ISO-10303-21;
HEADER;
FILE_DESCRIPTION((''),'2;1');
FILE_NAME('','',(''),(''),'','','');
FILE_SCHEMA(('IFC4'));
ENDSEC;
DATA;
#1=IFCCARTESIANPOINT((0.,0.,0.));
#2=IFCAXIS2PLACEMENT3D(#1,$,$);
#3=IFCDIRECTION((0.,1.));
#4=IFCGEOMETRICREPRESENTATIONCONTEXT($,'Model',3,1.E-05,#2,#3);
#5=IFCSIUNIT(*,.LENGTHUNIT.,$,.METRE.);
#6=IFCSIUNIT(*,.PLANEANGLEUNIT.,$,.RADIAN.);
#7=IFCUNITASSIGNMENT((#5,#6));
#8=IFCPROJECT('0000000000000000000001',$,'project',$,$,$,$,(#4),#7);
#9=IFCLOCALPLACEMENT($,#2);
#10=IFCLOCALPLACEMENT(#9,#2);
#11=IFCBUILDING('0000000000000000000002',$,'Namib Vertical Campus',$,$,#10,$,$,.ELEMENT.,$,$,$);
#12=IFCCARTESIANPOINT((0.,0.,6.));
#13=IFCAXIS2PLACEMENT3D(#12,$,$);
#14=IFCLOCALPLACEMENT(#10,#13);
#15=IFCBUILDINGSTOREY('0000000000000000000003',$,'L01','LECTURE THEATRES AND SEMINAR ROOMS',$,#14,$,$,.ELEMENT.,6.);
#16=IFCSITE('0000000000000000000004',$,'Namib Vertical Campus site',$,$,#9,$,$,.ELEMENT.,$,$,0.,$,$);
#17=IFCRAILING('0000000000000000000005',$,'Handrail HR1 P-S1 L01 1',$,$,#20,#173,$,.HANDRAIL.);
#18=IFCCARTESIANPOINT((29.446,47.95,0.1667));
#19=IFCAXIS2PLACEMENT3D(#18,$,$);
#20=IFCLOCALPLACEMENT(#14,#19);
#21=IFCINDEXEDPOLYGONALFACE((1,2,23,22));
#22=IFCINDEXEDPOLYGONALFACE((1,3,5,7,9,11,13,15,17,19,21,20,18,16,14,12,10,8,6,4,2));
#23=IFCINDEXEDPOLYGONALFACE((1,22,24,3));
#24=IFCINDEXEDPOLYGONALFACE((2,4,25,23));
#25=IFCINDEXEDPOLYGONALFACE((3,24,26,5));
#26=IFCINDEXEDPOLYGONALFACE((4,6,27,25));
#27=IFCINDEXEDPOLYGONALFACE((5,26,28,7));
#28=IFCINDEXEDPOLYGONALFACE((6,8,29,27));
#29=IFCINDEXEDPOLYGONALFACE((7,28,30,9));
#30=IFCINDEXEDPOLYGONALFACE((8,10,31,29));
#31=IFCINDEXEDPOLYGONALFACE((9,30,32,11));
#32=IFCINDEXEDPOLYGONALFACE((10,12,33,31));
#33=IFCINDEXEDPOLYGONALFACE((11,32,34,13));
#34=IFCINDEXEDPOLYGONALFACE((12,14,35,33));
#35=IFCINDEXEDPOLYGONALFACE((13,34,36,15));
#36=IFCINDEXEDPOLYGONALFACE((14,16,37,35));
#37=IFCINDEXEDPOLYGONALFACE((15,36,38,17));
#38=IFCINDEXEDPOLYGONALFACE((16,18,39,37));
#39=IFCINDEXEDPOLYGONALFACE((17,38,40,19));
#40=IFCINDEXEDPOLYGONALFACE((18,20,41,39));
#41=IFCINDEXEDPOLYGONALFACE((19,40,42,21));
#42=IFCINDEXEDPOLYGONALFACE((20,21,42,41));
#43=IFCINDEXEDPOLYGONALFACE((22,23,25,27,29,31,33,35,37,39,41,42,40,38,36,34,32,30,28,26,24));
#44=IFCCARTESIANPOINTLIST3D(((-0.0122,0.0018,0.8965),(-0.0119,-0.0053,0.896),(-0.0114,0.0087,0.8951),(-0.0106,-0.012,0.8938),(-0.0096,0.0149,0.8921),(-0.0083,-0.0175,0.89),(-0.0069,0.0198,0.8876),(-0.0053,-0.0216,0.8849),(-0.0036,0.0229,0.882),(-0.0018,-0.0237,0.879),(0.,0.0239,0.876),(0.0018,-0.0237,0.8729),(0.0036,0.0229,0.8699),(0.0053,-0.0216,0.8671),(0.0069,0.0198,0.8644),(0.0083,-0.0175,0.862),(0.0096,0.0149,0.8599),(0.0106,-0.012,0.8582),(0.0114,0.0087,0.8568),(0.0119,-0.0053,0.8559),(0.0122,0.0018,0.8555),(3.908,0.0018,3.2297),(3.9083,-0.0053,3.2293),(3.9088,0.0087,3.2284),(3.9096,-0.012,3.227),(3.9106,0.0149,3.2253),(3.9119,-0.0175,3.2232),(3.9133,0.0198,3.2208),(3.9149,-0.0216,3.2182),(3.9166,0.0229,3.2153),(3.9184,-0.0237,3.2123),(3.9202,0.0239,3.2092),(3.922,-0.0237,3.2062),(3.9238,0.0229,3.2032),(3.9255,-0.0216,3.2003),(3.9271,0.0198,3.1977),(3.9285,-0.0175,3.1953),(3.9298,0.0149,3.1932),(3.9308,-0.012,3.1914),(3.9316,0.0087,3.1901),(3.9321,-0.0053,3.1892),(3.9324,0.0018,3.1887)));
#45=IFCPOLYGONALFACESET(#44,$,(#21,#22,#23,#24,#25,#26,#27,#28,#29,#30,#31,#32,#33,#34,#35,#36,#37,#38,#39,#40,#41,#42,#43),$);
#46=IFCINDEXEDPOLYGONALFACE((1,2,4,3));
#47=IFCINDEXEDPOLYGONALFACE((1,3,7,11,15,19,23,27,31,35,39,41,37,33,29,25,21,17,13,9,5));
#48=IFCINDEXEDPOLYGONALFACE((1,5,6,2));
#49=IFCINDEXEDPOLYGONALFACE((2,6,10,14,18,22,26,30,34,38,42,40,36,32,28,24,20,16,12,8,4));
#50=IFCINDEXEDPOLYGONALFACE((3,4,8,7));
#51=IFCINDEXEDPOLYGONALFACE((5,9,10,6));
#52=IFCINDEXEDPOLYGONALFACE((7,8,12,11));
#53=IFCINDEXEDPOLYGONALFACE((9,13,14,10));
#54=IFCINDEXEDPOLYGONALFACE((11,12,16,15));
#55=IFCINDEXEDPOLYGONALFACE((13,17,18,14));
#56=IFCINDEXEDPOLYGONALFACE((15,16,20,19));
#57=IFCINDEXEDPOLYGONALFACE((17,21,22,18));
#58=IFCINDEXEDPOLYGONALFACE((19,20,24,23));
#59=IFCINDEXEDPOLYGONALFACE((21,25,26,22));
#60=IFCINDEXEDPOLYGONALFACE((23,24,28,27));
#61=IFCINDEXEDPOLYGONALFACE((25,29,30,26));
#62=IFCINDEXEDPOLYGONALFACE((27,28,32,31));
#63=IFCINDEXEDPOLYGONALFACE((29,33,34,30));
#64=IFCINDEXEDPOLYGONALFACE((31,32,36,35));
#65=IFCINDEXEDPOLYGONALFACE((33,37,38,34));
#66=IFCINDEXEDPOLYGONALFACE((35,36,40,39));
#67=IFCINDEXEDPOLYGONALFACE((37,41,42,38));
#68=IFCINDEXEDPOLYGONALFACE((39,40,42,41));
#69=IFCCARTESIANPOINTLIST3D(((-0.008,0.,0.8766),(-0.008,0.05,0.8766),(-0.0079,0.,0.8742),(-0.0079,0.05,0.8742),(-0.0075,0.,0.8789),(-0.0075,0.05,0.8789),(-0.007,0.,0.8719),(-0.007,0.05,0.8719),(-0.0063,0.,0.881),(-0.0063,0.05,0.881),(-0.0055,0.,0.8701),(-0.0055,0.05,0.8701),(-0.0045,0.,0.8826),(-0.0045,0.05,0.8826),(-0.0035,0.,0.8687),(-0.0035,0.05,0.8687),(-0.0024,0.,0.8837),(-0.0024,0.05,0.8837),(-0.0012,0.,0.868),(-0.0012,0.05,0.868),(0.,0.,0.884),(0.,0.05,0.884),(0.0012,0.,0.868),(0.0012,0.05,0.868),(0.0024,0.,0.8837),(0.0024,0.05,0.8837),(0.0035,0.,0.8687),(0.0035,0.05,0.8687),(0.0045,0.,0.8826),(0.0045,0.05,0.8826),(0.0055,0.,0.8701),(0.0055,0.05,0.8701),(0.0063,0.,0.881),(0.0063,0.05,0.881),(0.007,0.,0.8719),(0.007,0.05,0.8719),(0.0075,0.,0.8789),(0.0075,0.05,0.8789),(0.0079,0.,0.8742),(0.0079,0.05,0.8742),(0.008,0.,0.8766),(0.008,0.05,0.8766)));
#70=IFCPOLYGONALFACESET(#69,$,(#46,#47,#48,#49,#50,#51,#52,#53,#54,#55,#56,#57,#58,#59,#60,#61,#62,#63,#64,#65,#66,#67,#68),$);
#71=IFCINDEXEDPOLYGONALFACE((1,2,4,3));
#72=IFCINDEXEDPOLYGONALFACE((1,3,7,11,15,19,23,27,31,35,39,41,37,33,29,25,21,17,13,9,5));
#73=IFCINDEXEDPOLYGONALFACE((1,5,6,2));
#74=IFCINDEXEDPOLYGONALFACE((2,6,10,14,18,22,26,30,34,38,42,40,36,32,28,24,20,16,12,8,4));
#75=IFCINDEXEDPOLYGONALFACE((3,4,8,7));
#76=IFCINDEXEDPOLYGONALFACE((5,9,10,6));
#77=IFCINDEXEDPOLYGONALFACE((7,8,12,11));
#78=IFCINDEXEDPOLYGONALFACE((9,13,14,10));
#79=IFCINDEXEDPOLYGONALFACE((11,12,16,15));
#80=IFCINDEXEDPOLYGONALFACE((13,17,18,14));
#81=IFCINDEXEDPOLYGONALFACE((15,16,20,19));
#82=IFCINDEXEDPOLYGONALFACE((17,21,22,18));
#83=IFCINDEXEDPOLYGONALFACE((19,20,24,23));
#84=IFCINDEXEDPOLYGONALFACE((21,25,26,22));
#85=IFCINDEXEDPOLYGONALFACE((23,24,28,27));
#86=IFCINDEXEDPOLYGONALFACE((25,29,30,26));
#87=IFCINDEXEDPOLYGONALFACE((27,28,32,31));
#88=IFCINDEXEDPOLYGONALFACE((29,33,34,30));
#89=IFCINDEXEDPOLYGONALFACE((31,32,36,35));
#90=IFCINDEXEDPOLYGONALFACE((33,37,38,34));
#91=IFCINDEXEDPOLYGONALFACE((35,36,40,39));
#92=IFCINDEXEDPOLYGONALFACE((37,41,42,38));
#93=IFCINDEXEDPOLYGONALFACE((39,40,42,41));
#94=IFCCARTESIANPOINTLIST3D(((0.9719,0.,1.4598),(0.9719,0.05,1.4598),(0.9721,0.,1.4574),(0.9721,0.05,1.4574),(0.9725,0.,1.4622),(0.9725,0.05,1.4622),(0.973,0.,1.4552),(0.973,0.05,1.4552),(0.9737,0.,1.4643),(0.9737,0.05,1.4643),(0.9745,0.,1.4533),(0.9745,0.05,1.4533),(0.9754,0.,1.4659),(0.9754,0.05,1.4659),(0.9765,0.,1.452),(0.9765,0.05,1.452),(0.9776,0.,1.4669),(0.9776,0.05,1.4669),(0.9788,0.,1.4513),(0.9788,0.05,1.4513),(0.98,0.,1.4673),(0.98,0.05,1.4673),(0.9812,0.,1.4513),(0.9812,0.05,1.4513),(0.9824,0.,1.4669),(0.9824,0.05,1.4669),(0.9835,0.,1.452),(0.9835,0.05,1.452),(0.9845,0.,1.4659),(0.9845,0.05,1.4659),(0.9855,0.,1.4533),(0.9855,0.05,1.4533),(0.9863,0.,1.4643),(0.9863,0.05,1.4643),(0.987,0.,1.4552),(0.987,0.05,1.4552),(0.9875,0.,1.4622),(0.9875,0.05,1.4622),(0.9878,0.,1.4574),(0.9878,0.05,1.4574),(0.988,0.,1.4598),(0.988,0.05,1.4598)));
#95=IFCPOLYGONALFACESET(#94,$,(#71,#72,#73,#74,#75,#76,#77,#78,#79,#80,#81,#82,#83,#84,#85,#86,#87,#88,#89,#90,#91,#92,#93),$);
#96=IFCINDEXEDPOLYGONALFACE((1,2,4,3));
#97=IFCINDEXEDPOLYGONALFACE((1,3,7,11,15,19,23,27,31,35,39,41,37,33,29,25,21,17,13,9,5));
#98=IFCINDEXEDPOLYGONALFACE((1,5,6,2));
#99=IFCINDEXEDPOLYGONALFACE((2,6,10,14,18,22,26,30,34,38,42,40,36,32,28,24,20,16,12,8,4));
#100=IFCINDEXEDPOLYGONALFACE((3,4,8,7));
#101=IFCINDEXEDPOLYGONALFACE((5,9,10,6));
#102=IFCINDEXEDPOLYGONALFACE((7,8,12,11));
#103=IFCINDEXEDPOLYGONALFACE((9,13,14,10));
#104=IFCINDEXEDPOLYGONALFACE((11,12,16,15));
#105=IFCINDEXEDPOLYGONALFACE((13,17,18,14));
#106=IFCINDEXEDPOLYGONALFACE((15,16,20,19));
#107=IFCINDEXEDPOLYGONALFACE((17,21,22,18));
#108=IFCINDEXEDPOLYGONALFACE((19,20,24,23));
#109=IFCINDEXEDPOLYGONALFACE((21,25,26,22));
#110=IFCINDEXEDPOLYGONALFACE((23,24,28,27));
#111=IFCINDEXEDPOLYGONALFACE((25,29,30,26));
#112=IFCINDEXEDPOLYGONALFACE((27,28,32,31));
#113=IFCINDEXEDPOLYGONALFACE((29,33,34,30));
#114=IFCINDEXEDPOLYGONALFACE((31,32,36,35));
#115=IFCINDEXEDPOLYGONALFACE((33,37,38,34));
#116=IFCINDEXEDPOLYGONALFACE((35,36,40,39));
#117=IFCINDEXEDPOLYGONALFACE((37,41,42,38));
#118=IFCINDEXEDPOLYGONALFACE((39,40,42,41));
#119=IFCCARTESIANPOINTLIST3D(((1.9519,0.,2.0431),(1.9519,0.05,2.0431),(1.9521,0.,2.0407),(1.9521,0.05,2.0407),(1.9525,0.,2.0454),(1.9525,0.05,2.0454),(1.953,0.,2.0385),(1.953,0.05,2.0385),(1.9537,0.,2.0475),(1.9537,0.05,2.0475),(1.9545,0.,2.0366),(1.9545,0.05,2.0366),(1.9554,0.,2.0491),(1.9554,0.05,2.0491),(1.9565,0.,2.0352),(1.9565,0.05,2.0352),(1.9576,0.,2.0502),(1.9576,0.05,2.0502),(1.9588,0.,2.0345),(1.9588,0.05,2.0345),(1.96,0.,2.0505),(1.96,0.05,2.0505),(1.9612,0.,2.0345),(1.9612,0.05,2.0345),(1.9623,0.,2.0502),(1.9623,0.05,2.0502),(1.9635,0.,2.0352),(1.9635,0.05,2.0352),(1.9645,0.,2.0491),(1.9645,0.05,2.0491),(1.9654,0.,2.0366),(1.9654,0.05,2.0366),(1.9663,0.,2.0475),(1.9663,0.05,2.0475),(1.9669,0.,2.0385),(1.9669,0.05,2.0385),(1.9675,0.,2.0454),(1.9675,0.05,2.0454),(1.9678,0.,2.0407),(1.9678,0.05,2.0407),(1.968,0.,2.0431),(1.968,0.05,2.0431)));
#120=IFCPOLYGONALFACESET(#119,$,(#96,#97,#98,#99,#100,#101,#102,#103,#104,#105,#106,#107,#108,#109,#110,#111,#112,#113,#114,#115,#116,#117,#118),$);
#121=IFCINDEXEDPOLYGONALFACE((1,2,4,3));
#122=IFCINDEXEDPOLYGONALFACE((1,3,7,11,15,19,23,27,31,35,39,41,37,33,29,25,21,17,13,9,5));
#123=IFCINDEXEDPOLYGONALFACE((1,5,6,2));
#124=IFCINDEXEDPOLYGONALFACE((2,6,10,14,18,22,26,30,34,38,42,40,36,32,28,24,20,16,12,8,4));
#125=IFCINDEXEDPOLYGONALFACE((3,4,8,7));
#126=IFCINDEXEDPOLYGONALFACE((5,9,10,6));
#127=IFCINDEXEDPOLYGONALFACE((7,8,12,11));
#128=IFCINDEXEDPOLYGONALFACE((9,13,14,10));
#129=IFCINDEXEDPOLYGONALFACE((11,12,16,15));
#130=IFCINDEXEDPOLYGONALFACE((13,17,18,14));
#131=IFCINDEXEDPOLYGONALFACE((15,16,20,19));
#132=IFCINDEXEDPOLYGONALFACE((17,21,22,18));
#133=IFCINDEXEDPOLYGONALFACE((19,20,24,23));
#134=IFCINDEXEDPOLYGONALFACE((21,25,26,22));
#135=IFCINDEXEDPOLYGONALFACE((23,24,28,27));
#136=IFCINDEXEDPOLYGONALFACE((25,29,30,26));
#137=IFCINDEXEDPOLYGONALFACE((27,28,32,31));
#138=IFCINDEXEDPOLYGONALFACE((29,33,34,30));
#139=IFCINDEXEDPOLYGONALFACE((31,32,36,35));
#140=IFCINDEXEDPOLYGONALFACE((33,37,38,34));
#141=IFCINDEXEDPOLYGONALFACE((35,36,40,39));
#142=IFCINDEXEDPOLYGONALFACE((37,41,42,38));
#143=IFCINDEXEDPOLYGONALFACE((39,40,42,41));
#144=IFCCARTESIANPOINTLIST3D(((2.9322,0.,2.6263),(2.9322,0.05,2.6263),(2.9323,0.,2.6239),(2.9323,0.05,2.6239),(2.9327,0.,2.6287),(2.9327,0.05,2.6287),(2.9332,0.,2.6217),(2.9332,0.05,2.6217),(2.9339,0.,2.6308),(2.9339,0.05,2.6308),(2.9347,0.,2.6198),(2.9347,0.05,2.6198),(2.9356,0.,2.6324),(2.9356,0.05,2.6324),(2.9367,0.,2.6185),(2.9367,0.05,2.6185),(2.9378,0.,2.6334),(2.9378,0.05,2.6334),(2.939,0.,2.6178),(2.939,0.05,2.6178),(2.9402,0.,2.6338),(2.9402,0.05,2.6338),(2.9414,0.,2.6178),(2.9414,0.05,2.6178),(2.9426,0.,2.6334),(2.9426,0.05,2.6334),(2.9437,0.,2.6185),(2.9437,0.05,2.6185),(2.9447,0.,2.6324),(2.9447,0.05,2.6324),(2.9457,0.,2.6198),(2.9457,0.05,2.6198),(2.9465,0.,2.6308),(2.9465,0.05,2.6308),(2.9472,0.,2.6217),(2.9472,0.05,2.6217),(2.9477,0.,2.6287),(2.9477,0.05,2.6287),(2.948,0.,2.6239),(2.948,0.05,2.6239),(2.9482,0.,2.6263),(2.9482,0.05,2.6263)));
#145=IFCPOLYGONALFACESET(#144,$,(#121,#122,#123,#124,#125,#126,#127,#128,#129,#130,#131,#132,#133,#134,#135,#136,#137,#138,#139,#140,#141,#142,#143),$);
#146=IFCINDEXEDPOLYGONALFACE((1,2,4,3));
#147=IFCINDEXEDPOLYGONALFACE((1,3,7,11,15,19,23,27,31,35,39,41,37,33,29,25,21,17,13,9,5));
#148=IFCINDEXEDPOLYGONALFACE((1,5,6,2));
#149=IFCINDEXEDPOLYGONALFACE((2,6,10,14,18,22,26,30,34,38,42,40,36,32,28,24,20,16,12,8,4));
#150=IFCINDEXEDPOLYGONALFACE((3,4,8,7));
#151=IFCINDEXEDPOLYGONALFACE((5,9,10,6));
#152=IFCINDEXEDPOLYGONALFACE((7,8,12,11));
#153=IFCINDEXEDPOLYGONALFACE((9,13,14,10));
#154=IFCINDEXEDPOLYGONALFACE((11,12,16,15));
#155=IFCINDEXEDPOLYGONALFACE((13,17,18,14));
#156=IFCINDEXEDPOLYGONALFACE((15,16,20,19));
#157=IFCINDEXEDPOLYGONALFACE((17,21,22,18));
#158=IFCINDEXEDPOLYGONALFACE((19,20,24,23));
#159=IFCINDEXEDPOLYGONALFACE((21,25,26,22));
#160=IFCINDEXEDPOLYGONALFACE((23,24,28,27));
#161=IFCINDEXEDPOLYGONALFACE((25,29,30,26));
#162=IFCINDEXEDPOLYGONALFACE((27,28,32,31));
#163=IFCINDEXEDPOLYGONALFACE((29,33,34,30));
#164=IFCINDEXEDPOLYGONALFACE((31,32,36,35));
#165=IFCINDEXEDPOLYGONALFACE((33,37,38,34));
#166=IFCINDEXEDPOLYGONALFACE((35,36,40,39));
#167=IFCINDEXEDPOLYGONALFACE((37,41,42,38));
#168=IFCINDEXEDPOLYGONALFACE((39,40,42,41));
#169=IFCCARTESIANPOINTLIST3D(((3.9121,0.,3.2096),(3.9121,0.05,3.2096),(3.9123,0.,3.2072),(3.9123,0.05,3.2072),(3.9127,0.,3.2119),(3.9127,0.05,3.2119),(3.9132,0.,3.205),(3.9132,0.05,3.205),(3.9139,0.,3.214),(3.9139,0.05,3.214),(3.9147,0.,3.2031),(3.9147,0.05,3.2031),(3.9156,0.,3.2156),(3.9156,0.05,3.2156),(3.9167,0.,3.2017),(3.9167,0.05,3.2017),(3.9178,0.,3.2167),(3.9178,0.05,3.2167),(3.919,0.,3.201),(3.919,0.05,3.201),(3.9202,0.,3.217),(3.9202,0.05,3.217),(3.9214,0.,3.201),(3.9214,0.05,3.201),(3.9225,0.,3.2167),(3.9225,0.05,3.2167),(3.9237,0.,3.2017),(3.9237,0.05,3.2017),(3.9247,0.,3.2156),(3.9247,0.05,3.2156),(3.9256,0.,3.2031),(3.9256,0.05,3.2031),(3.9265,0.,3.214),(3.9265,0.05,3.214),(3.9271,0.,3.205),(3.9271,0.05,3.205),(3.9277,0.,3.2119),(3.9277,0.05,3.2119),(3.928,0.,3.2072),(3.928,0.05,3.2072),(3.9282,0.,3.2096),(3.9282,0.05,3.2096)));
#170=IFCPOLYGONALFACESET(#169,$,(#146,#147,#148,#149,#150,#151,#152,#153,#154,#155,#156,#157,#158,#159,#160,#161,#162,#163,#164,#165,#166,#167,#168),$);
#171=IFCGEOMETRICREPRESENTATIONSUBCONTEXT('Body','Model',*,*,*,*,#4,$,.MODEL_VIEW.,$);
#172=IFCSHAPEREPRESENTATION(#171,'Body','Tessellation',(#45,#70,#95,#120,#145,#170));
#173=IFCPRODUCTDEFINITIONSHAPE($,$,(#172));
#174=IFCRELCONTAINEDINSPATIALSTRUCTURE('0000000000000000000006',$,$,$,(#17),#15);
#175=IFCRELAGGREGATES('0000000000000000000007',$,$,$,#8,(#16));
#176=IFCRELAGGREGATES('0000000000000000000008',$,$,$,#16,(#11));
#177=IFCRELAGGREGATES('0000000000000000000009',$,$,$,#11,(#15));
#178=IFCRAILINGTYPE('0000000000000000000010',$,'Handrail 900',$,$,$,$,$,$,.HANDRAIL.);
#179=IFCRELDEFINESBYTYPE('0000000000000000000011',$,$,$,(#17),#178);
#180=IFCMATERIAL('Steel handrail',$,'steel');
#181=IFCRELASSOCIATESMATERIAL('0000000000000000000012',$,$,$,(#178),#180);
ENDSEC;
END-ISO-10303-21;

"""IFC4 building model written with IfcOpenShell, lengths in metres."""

from ifc_helpers import new_model, si_unit, direction, frame, origin, origin_2d, place, context, subcontext, project, spatial, circle, extrude, material, type_object, element, save


model = new_model("IFC4")

# Units and contexts
model_context = context("Model", 3, precision=1e-05, world=origin(), true_north=direction((0.0, 1.0)))
body_context = subcontext(model_context, "Body", "Model", "MODEL_VIEW")
ifc_project = project(units=[si_unit("LENGTHUNIT", "METRE"), si_unit("PLANEANGLEUNIT", "RADIAN")], contexts=[model_context])

# Site, building, storey
site_placement = place(None, origin())
site = spatial("IfcSite", under=ifc_project, at=site_placement, Name="Namib Vertical Campus site", CompositionType="ELEMENT", RefElevation=0.0)
building_placement = place(site_placement, origin())
building = spatial("IfcBuilding", under=site, at=building_placement, Name="Namib Vertical Campus", CompositionType="ELEMENT")
storey_placement = place(building_placement, frame((0.0, 0.0, 6.0)))
storey = spatial("IfcBuildingStorey", under=building, at=storey_placement, Name="L01", Description="LECTURE THEATRES AND SEMINAR ROOMS", CompositionType="ELEMENT", Elevation=6.0)

# Railing
ifc_material_1 = material(Name="Steel handrail", Category="steel")
railing_type_1 = type_object("IfcRailingType", Name="Handrail 900", PredefinedType="HANDRAIL", material=ifc_material_1)
railing_1_placement = place(storey_placement, frame((29.446, 47.95, 0.1667)))
element("IfcRailing", 1, at=railing_1_placement, inside=storey, type_object=railing_type_1, Name="Handrail HR1 P-S1 L01 1", PredefinedType="HANDRAIL", context=body_context, shape_type="SweptSolid", body=[
    extrude(circle(Radius=0.0239, at=origin_2d()), frame((0.0, 0.0, 0.876), z_axis=(0.85931, 0.0, 0.511455), x_axis=(0.0, 1.0, 0.0)), (0.0, 0.0, 1.0), 4.562),
    extrude(circle(Radius=0.0081, at=origin_2d()), frame((0.0, 0.0, 0.876), z_axis=(0.0, 1.0, 0.0), x_axis=(0.0, 0.0, 1.0)), (0.0, 0.0, 1.0), 0.05),
    extrude(circle(Radius=0.0081, at=origin_2d()), frame((0.98, 0.0, 1.4592), z_axis=(0.0, 1.0, 0.0), x_axis=(0.0, 0.0, 1.0)), (0.0, 0.0, 1.0), 0.05),
    extrude(circle(Radius=0.0081, at=origin_2d()), frame((1.96, 0.0, 2.0425), z_axis=(0.0, 1.0, 0.0), x_axis=(0.0, 0.0, 1.0)), (0.0, 0.0, 1.0), 0.05),
    extrude(circle(Radius=0.0081, at=origin_2d()), frame((2.9402, 0.0, 2.6257), z_axis=(0.0, 1.0, 0.0), x_axis=(0.0, 0.0, 1.0)), (0.0, 0.0, 1.0), 0.05),
    extrude(circle(Radius=0.0081, at=origin_2d()), frame((3.9202, 0.0, 3.209), z_axis=(0.0, 1.0, 0.0), x_axis=(0.0, 0.0, 1.0)), (0.0, 0.0, 1.0), 0.05),
])

save(model, "model.ifc")
